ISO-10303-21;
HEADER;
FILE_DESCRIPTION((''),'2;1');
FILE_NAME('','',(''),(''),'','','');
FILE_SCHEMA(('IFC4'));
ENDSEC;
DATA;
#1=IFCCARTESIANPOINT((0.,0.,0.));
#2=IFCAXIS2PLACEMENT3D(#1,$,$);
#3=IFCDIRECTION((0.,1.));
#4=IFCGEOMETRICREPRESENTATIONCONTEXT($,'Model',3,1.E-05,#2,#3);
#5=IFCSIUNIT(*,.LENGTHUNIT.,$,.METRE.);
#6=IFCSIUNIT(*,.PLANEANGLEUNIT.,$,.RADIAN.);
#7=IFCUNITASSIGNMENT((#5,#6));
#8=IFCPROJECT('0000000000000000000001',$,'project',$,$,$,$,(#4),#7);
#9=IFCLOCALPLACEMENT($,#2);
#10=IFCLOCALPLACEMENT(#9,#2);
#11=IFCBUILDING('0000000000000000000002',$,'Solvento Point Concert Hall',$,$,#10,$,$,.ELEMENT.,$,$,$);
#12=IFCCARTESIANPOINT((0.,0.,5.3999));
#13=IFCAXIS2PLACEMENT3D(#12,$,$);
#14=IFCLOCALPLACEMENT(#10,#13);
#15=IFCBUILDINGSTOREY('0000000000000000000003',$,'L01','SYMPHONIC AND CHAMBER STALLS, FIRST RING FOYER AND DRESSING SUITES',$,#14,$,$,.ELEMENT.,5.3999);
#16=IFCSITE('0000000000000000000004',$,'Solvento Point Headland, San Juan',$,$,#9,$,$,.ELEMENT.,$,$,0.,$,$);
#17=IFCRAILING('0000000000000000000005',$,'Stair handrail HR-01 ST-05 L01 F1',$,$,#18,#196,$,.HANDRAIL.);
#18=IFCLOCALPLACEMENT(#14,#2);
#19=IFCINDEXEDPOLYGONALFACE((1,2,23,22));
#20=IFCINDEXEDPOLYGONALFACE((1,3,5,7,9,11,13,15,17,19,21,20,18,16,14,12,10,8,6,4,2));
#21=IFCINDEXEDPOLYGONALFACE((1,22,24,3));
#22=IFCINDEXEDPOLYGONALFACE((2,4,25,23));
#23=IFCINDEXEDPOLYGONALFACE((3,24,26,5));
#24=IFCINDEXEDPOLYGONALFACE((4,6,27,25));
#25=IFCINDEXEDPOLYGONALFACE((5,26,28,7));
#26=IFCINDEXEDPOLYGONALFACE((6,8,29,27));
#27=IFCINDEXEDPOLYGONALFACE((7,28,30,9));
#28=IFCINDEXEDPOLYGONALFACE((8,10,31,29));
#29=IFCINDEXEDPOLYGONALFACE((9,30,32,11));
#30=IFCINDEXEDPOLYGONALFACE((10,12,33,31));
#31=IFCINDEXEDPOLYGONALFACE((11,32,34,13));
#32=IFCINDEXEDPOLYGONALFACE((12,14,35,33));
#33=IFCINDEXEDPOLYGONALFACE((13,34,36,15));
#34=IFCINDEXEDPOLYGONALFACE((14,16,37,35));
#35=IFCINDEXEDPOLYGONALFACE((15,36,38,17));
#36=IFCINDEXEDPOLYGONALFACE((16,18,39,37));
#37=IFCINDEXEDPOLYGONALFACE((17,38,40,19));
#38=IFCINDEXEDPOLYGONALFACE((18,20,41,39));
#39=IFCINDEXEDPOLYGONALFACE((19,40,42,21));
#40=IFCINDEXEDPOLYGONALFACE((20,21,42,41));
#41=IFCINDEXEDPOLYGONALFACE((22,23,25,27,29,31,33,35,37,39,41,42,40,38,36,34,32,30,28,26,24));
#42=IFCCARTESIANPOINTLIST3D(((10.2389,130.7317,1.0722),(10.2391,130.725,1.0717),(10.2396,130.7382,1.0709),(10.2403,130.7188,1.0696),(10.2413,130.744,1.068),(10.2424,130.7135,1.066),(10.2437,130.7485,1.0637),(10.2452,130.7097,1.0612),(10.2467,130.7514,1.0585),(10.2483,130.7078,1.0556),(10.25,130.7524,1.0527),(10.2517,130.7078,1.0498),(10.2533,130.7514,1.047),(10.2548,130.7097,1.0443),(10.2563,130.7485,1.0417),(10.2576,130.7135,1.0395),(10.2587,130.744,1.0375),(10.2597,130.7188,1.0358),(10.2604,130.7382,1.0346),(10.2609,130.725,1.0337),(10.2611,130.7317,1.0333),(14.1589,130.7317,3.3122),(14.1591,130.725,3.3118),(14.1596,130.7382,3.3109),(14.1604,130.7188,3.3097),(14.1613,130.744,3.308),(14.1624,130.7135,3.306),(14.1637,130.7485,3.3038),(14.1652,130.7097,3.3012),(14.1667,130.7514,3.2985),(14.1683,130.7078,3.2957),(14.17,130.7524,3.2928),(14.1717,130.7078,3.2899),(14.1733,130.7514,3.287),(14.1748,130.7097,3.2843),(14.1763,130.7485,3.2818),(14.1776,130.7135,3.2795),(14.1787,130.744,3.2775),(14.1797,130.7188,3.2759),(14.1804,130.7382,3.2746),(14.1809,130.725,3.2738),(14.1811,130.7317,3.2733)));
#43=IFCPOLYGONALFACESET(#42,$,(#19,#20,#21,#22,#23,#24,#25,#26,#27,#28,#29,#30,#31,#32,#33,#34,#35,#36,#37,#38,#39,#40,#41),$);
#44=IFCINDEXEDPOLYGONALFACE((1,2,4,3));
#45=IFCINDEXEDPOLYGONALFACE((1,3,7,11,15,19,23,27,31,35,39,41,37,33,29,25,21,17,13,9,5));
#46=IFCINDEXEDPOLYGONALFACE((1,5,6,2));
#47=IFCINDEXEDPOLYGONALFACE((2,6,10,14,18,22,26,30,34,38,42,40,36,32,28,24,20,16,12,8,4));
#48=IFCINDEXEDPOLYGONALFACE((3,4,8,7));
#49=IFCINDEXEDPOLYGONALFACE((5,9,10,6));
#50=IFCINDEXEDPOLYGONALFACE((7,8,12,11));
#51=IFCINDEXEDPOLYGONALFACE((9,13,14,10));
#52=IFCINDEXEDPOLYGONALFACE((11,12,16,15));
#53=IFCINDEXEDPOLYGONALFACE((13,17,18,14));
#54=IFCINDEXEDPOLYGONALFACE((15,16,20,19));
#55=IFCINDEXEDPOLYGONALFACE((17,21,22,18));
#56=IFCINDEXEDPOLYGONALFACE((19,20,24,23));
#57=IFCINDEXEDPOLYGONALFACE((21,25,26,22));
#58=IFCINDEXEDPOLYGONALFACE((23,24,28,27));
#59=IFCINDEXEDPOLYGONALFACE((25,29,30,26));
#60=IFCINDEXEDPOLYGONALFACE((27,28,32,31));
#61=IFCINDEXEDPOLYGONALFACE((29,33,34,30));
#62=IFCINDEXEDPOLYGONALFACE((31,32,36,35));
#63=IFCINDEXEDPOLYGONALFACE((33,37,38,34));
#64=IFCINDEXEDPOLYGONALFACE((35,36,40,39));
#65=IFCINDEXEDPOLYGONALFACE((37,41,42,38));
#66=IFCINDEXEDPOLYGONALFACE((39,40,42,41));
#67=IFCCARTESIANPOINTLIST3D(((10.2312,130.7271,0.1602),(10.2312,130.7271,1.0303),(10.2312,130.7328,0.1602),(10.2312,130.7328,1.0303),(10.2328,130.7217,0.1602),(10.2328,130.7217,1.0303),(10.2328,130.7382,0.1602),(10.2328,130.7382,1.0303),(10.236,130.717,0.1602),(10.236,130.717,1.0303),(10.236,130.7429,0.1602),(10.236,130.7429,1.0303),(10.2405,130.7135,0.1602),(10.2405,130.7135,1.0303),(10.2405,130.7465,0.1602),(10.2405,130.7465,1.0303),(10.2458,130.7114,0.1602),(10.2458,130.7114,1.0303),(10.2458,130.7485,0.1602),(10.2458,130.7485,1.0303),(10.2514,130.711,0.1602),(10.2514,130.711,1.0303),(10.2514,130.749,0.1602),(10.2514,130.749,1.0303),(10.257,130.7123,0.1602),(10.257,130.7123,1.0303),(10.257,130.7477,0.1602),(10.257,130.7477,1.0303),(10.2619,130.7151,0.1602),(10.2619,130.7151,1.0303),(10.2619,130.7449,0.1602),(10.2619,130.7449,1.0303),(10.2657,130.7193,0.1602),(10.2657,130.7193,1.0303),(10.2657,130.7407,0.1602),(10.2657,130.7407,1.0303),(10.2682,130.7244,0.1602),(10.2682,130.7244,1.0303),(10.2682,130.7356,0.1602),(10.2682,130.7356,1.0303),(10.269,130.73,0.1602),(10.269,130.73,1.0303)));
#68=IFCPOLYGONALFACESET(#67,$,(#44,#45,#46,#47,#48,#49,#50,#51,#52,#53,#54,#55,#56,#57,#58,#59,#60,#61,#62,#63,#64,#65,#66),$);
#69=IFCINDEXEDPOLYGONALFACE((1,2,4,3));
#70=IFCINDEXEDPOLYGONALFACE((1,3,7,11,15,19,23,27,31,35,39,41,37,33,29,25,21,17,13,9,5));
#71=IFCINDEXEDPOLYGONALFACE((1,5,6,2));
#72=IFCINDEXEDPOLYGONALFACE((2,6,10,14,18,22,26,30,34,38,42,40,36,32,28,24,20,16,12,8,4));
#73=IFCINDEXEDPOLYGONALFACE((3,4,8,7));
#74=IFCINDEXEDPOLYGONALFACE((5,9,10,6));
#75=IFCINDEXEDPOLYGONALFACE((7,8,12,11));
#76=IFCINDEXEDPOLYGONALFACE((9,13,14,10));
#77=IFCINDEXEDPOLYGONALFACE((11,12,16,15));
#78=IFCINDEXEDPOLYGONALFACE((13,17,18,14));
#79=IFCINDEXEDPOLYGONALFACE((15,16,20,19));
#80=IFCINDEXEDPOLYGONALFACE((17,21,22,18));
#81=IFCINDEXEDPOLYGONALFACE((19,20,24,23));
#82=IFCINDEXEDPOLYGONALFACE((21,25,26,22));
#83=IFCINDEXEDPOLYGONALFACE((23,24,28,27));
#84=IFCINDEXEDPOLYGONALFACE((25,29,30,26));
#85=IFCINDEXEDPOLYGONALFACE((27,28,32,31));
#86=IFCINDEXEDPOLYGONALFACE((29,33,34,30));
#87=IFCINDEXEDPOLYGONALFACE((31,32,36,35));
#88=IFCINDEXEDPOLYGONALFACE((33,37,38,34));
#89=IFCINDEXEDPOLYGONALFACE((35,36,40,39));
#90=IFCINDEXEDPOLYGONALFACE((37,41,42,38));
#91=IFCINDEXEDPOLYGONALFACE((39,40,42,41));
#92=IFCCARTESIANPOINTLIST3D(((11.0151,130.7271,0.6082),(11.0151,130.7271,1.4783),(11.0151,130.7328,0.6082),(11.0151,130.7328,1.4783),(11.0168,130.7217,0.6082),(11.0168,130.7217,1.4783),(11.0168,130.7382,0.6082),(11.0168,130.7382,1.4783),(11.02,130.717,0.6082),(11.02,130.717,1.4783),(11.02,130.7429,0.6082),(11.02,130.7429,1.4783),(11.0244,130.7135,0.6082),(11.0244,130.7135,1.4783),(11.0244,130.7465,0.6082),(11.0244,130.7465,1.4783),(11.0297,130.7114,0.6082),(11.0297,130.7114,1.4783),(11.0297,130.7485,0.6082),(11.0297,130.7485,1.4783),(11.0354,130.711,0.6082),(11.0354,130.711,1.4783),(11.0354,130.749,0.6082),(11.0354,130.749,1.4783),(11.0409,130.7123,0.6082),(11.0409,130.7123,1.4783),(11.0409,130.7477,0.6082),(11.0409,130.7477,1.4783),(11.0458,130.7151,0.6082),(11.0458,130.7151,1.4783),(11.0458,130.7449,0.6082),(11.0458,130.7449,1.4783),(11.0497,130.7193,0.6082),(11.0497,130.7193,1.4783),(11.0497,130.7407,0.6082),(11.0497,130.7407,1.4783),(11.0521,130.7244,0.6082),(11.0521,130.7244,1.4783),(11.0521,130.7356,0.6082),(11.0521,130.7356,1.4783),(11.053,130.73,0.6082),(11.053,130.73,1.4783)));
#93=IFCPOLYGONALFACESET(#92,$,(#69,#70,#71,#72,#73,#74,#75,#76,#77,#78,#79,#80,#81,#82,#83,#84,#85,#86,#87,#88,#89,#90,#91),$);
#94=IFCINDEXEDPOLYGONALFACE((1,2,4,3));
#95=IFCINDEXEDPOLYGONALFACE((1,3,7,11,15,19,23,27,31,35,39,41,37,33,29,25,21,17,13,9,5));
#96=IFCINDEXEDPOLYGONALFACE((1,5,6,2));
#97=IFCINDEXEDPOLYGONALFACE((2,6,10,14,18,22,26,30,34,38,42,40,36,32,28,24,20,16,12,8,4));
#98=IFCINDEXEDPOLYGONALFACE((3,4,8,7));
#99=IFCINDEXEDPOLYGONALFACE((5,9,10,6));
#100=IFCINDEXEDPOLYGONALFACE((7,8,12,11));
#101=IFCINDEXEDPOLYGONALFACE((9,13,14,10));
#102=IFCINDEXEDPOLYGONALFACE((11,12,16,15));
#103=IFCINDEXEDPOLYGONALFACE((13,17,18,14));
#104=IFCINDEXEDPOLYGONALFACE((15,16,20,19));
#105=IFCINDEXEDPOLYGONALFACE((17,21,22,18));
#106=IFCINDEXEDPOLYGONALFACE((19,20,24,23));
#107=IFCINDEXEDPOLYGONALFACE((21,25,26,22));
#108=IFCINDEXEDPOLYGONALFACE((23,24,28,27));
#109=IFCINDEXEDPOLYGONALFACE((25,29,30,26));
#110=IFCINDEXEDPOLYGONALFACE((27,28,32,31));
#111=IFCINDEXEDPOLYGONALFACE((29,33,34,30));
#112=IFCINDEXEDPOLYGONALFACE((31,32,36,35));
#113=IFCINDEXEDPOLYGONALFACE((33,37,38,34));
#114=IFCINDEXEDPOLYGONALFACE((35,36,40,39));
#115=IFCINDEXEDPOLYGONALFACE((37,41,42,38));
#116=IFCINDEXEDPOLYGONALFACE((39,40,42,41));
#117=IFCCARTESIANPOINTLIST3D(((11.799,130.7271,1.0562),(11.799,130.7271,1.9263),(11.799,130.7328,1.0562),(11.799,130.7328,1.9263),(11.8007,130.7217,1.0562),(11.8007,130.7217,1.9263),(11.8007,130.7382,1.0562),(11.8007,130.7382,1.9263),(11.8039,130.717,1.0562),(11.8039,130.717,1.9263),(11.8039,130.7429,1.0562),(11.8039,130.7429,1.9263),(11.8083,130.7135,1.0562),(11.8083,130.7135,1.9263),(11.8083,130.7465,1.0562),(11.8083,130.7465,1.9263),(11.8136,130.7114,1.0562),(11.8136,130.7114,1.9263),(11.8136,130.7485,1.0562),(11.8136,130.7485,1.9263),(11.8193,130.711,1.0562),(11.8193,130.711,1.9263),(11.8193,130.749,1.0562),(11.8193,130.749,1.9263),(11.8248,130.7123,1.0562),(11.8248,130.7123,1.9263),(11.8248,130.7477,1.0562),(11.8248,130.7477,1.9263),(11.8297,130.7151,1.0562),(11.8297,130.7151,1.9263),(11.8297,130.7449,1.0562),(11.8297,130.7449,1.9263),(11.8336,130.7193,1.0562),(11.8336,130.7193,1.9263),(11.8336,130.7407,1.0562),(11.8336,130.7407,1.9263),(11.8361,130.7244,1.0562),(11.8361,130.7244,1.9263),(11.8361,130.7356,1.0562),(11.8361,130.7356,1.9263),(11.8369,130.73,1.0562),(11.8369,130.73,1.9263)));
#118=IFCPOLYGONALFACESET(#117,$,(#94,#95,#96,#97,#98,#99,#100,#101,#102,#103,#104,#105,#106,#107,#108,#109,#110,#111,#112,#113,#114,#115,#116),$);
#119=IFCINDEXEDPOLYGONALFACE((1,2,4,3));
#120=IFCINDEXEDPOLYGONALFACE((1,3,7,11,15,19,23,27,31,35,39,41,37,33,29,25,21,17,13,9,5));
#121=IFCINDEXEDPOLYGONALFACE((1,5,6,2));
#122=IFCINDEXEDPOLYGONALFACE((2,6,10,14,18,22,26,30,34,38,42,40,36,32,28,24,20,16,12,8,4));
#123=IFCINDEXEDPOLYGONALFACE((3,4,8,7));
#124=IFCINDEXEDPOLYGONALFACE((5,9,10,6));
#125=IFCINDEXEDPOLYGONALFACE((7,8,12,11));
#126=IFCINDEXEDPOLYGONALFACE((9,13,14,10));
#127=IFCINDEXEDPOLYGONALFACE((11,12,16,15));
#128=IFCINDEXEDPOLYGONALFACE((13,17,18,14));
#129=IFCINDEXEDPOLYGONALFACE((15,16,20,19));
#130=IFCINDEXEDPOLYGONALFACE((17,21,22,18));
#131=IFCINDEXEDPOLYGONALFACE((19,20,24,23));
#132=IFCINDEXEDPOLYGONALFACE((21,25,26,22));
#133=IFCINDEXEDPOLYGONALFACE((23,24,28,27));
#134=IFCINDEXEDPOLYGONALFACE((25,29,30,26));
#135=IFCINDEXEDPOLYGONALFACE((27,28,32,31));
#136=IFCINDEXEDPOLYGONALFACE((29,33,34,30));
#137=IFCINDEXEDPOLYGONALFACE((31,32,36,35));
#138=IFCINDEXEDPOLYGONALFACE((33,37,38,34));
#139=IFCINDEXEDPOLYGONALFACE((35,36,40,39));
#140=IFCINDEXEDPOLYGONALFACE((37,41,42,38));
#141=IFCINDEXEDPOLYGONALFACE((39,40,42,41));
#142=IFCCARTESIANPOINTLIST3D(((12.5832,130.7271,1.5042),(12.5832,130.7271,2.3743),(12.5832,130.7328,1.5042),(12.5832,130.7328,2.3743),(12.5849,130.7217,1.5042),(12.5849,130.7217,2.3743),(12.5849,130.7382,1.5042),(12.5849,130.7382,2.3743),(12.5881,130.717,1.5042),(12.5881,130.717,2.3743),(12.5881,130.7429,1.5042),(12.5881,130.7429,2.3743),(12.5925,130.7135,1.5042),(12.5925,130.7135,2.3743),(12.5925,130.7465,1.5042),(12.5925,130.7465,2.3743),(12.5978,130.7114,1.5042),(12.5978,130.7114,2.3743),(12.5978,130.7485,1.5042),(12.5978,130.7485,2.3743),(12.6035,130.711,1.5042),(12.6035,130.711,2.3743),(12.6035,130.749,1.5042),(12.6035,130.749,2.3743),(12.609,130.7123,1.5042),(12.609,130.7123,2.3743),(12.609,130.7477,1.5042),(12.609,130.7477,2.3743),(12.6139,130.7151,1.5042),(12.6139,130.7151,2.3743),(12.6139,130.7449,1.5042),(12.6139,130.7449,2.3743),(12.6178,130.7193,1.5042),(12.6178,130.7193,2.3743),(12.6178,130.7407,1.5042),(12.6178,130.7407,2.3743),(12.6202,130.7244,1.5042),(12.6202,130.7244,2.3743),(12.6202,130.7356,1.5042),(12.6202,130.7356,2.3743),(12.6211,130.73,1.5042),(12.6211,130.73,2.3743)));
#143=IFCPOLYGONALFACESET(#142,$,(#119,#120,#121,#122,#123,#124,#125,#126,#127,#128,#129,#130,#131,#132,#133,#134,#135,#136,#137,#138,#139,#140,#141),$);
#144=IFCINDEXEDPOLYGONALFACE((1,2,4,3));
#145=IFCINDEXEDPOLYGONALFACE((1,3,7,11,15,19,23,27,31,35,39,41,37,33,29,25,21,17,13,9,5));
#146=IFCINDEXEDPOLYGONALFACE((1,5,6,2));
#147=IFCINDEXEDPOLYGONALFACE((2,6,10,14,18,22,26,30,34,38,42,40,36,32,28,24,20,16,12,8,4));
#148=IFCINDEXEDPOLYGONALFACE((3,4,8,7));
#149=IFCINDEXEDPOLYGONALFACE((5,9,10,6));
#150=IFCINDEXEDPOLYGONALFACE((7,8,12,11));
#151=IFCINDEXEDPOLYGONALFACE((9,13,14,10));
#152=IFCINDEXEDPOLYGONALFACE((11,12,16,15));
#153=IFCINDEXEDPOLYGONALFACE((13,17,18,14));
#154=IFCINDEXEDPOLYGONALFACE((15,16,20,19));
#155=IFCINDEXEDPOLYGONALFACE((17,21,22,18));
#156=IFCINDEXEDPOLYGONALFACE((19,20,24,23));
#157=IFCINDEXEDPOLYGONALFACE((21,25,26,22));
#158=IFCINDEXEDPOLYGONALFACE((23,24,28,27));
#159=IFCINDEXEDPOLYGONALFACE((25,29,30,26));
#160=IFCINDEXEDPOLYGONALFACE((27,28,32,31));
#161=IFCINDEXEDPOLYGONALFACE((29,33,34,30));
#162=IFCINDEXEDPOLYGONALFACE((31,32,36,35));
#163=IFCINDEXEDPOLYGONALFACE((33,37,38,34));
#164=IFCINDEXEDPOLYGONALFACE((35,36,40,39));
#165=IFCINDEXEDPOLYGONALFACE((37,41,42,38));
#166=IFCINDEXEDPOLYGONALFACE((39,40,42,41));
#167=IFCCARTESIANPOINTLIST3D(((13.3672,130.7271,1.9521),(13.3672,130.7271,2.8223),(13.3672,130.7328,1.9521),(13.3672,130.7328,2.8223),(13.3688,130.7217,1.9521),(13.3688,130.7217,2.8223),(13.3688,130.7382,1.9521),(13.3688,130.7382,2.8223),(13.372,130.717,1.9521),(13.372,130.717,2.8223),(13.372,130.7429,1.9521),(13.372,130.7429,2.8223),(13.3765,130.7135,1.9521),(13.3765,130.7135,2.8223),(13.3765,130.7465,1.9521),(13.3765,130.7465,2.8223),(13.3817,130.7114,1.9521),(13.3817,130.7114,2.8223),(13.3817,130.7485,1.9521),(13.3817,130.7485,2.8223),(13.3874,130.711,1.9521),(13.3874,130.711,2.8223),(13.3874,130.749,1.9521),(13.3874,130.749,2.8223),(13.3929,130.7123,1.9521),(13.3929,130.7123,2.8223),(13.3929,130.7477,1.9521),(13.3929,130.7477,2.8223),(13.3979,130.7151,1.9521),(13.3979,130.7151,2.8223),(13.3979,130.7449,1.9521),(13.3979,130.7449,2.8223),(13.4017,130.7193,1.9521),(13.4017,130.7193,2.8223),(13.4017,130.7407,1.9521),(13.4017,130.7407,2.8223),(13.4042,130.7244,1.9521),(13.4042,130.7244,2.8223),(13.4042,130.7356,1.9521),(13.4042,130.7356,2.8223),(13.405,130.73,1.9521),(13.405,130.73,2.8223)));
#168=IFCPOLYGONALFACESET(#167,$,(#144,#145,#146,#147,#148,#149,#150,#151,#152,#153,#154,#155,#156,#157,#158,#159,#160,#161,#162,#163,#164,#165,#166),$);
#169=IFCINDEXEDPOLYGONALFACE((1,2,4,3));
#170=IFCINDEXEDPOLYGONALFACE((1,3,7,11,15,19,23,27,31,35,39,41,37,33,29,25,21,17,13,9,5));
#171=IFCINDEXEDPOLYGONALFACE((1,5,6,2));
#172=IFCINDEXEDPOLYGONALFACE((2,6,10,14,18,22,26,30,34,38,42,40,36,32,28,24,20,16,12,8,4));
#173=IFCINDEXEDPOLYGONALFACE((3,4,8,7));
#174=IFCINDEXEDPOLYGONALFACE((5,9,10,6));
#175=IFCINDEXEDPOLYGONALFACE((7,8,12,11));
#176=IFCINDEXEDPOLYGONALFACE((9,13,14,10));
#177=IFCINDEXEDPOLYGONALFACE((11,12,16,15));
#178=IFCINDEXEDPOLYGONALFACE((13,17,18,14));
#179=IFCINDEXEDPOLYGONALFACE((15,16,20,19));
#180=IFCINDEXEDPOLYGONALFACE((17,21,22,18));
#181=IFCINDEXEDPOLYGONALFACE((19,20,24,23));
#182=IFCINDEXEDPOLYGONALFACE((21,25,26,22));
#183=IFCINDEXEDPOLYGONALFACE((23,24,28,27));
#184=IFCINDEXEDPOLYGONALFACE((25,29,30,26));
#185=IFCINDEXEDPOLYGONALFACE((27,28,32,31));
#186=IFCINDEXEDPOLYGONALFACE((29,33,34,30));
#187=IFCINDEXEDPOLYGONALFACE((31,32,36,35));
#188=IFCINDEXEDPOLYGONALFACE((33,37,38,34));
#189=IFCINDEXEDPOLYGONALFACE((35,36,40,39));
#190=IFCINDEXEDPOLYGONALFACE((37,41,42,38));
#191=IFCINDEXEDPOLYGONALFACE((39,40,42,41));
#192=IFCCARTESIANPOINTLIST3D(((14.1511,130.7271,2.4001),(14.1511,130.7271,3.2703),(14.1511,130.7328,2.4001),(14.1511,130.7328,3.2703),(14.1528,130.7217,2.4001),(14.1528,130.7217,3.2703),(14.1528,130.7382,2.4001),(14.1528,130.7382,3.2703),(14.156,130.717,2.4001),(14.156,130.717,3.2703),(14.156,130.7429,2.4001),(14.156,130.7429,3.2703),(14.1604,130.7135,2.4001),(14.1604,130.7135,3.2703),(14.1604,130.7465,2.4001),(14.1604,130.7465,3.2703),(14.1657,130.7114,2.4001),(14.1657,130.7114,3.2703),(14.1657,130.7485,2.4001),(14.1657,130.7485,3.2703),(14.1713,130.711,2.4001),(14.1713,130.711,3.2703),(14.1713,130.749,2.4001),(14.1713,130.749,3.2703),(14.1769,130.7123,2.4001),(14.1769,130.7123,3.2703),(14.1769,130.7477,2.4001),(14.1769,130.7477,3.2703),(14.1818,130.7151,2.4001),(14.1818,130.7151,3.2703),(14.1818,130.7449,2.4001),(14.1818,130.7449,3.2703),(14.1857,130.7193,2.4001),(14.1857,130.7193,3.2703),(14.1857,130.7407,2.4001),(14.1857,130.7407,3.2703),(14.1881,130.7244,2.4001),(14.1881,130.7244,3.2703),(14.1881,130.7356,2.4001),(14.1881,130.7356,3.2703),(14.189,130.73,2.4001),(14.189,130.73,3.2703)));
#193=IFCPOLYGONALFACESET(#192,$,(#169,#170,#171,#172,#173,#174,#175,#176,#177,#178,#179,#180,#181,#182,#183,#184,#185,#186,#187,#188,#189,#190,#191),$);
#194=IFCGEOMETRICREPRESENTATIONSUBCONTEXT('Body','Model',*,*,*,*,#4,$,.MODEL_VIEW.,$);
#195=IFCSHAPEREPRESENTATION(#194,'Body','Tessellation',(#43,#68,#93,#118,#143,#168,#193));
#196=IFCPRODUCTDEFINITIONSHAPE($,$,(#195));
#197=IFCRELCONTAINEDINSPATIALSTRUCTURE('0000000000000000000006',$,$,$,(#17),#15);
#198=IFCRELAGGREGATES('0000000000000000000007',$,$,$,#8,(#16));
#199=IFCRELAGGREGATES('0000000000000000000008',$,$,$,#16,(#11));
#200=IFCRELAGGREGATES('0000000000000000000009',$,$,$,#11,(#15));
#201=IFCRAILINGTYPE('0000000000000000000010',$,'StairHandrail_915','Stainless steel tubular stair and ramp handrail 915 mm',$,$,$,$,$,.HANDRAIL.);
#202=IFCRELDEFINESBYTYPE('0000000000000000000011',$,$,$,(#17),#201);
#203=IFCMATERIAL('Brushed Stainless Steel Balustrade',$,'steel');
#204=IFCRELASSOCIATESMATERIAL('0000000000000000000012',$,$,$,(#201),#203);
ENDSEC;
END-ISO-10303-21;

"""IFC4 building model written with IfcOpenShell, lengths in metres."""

from ifc_helpers import new_model, si_unit, direction, frame, origin, origin_2d, place, context, subcontext, project, spatial, circle, extrude, material, type_object, element, save


model = new_model("IFC4")

# Units and contexts
model_context = context("Model", 3, precision=1e-05, world=origin(), true_north=direction((0.0, 1.0)))
body_context = subcontext(model_context, "Body", "Model", "MODEL_VIEW")
ifc_project = project(units=[si_unit("LENGTHUNIT", "METRE"), si_unit("PLANEANGLEUNIT", "RADIAN")], contexts=[model_context])

# Site, building, storey
site_placement = place(None, origin())
site = spatial("IfcSite", under=ifc_project, at=site_placement, Name="Solvento Point Headland, San Juan", CompositionType="ELEMENT", RefElevation=0.0)
building_placement = place(site_placement, origin())
building = spatial("IfcBuilding", under=site, at=building_placement, Name="Solvento Point Concert Hall", CompositionType="ELEMENT")
storey_placement = place(building_placement, frame((0.0, 0.0, 5.3999)))
storey = spatial("IfcBuildingStorey", under=building, at=storey_placement, Name="L01", Description="SYMPHONIC AND CHAMBER STALLS, FIRST RING FOYER AND DRESSING SUITES", CompositionType="ELEMENT", Elevation=5.3999)

# Railing
ifc_material_1 = material(Name="Brushed Stainless Steel Balustrade", Category="steel")
railing_type_1 = type_object("IfcRailingType", Name="StairHandrail_915", Description="Stainless steel tubular stair and ramp handrail 915 mm", PredefinedType="HANDRAIL", material=ifc_material_1)
railing_1_placement = place(storey_placement, frame((10.25, 130.73, 0.1602)))
element("IfcRailing", 1, at=railing_1_placement, inside=storey, type_object=railing_type_1, Name="Stair handrail HR-01 ST-05 L01 F1", PredefinedType="HANDRAIL", context=body_context, shape_type="SweptSolid", body=[
    extrude(circle(Radius=0.0225, at=origin_2d()), frame((0.0, 0.0, 0.8926), z_axis=(0.86824, 0.0, 0.496145), x_axis=(0.0, 1.0, 0.0)), (0.0, 0.0, 1.0), 4.5149),
    extrude(circle(Radius=0.019, at=origin_2d()), origin(), (0.0, 0.0, 1.0), 0.8701),
    extrude(circle(Radius=0.019, at=origin_2d()), frame((0.7839, 0.0, 0.448)), (0.0, 0.0, 1.0), 0.8701),
    extrude(circle(Radius=0.019, at=origin_2d()), frame((1.5679, 0.0, 0.896)), (0.0, 0.0, 1.0), 0.8701),
    extrude(circle(Radius=0.019, at=origin_2d()), frame((2.3521, 0.0, 1.344)), (0.0, 0.0, 1.0), 0.8701),
    extrude(circle(Radius=0.019, at=origin_2d()), frame((3.136, 0.0, 1.792)), (0.0, 0.0, 1.0), 0.8701),
    extrude(circle(Radius=0.019, at=origin_2d()), frame((3.9199, 0.0, 2.24)), (0.0, 0.0, 1.0), 0.8701),
])

save(model, "model.ifc")
